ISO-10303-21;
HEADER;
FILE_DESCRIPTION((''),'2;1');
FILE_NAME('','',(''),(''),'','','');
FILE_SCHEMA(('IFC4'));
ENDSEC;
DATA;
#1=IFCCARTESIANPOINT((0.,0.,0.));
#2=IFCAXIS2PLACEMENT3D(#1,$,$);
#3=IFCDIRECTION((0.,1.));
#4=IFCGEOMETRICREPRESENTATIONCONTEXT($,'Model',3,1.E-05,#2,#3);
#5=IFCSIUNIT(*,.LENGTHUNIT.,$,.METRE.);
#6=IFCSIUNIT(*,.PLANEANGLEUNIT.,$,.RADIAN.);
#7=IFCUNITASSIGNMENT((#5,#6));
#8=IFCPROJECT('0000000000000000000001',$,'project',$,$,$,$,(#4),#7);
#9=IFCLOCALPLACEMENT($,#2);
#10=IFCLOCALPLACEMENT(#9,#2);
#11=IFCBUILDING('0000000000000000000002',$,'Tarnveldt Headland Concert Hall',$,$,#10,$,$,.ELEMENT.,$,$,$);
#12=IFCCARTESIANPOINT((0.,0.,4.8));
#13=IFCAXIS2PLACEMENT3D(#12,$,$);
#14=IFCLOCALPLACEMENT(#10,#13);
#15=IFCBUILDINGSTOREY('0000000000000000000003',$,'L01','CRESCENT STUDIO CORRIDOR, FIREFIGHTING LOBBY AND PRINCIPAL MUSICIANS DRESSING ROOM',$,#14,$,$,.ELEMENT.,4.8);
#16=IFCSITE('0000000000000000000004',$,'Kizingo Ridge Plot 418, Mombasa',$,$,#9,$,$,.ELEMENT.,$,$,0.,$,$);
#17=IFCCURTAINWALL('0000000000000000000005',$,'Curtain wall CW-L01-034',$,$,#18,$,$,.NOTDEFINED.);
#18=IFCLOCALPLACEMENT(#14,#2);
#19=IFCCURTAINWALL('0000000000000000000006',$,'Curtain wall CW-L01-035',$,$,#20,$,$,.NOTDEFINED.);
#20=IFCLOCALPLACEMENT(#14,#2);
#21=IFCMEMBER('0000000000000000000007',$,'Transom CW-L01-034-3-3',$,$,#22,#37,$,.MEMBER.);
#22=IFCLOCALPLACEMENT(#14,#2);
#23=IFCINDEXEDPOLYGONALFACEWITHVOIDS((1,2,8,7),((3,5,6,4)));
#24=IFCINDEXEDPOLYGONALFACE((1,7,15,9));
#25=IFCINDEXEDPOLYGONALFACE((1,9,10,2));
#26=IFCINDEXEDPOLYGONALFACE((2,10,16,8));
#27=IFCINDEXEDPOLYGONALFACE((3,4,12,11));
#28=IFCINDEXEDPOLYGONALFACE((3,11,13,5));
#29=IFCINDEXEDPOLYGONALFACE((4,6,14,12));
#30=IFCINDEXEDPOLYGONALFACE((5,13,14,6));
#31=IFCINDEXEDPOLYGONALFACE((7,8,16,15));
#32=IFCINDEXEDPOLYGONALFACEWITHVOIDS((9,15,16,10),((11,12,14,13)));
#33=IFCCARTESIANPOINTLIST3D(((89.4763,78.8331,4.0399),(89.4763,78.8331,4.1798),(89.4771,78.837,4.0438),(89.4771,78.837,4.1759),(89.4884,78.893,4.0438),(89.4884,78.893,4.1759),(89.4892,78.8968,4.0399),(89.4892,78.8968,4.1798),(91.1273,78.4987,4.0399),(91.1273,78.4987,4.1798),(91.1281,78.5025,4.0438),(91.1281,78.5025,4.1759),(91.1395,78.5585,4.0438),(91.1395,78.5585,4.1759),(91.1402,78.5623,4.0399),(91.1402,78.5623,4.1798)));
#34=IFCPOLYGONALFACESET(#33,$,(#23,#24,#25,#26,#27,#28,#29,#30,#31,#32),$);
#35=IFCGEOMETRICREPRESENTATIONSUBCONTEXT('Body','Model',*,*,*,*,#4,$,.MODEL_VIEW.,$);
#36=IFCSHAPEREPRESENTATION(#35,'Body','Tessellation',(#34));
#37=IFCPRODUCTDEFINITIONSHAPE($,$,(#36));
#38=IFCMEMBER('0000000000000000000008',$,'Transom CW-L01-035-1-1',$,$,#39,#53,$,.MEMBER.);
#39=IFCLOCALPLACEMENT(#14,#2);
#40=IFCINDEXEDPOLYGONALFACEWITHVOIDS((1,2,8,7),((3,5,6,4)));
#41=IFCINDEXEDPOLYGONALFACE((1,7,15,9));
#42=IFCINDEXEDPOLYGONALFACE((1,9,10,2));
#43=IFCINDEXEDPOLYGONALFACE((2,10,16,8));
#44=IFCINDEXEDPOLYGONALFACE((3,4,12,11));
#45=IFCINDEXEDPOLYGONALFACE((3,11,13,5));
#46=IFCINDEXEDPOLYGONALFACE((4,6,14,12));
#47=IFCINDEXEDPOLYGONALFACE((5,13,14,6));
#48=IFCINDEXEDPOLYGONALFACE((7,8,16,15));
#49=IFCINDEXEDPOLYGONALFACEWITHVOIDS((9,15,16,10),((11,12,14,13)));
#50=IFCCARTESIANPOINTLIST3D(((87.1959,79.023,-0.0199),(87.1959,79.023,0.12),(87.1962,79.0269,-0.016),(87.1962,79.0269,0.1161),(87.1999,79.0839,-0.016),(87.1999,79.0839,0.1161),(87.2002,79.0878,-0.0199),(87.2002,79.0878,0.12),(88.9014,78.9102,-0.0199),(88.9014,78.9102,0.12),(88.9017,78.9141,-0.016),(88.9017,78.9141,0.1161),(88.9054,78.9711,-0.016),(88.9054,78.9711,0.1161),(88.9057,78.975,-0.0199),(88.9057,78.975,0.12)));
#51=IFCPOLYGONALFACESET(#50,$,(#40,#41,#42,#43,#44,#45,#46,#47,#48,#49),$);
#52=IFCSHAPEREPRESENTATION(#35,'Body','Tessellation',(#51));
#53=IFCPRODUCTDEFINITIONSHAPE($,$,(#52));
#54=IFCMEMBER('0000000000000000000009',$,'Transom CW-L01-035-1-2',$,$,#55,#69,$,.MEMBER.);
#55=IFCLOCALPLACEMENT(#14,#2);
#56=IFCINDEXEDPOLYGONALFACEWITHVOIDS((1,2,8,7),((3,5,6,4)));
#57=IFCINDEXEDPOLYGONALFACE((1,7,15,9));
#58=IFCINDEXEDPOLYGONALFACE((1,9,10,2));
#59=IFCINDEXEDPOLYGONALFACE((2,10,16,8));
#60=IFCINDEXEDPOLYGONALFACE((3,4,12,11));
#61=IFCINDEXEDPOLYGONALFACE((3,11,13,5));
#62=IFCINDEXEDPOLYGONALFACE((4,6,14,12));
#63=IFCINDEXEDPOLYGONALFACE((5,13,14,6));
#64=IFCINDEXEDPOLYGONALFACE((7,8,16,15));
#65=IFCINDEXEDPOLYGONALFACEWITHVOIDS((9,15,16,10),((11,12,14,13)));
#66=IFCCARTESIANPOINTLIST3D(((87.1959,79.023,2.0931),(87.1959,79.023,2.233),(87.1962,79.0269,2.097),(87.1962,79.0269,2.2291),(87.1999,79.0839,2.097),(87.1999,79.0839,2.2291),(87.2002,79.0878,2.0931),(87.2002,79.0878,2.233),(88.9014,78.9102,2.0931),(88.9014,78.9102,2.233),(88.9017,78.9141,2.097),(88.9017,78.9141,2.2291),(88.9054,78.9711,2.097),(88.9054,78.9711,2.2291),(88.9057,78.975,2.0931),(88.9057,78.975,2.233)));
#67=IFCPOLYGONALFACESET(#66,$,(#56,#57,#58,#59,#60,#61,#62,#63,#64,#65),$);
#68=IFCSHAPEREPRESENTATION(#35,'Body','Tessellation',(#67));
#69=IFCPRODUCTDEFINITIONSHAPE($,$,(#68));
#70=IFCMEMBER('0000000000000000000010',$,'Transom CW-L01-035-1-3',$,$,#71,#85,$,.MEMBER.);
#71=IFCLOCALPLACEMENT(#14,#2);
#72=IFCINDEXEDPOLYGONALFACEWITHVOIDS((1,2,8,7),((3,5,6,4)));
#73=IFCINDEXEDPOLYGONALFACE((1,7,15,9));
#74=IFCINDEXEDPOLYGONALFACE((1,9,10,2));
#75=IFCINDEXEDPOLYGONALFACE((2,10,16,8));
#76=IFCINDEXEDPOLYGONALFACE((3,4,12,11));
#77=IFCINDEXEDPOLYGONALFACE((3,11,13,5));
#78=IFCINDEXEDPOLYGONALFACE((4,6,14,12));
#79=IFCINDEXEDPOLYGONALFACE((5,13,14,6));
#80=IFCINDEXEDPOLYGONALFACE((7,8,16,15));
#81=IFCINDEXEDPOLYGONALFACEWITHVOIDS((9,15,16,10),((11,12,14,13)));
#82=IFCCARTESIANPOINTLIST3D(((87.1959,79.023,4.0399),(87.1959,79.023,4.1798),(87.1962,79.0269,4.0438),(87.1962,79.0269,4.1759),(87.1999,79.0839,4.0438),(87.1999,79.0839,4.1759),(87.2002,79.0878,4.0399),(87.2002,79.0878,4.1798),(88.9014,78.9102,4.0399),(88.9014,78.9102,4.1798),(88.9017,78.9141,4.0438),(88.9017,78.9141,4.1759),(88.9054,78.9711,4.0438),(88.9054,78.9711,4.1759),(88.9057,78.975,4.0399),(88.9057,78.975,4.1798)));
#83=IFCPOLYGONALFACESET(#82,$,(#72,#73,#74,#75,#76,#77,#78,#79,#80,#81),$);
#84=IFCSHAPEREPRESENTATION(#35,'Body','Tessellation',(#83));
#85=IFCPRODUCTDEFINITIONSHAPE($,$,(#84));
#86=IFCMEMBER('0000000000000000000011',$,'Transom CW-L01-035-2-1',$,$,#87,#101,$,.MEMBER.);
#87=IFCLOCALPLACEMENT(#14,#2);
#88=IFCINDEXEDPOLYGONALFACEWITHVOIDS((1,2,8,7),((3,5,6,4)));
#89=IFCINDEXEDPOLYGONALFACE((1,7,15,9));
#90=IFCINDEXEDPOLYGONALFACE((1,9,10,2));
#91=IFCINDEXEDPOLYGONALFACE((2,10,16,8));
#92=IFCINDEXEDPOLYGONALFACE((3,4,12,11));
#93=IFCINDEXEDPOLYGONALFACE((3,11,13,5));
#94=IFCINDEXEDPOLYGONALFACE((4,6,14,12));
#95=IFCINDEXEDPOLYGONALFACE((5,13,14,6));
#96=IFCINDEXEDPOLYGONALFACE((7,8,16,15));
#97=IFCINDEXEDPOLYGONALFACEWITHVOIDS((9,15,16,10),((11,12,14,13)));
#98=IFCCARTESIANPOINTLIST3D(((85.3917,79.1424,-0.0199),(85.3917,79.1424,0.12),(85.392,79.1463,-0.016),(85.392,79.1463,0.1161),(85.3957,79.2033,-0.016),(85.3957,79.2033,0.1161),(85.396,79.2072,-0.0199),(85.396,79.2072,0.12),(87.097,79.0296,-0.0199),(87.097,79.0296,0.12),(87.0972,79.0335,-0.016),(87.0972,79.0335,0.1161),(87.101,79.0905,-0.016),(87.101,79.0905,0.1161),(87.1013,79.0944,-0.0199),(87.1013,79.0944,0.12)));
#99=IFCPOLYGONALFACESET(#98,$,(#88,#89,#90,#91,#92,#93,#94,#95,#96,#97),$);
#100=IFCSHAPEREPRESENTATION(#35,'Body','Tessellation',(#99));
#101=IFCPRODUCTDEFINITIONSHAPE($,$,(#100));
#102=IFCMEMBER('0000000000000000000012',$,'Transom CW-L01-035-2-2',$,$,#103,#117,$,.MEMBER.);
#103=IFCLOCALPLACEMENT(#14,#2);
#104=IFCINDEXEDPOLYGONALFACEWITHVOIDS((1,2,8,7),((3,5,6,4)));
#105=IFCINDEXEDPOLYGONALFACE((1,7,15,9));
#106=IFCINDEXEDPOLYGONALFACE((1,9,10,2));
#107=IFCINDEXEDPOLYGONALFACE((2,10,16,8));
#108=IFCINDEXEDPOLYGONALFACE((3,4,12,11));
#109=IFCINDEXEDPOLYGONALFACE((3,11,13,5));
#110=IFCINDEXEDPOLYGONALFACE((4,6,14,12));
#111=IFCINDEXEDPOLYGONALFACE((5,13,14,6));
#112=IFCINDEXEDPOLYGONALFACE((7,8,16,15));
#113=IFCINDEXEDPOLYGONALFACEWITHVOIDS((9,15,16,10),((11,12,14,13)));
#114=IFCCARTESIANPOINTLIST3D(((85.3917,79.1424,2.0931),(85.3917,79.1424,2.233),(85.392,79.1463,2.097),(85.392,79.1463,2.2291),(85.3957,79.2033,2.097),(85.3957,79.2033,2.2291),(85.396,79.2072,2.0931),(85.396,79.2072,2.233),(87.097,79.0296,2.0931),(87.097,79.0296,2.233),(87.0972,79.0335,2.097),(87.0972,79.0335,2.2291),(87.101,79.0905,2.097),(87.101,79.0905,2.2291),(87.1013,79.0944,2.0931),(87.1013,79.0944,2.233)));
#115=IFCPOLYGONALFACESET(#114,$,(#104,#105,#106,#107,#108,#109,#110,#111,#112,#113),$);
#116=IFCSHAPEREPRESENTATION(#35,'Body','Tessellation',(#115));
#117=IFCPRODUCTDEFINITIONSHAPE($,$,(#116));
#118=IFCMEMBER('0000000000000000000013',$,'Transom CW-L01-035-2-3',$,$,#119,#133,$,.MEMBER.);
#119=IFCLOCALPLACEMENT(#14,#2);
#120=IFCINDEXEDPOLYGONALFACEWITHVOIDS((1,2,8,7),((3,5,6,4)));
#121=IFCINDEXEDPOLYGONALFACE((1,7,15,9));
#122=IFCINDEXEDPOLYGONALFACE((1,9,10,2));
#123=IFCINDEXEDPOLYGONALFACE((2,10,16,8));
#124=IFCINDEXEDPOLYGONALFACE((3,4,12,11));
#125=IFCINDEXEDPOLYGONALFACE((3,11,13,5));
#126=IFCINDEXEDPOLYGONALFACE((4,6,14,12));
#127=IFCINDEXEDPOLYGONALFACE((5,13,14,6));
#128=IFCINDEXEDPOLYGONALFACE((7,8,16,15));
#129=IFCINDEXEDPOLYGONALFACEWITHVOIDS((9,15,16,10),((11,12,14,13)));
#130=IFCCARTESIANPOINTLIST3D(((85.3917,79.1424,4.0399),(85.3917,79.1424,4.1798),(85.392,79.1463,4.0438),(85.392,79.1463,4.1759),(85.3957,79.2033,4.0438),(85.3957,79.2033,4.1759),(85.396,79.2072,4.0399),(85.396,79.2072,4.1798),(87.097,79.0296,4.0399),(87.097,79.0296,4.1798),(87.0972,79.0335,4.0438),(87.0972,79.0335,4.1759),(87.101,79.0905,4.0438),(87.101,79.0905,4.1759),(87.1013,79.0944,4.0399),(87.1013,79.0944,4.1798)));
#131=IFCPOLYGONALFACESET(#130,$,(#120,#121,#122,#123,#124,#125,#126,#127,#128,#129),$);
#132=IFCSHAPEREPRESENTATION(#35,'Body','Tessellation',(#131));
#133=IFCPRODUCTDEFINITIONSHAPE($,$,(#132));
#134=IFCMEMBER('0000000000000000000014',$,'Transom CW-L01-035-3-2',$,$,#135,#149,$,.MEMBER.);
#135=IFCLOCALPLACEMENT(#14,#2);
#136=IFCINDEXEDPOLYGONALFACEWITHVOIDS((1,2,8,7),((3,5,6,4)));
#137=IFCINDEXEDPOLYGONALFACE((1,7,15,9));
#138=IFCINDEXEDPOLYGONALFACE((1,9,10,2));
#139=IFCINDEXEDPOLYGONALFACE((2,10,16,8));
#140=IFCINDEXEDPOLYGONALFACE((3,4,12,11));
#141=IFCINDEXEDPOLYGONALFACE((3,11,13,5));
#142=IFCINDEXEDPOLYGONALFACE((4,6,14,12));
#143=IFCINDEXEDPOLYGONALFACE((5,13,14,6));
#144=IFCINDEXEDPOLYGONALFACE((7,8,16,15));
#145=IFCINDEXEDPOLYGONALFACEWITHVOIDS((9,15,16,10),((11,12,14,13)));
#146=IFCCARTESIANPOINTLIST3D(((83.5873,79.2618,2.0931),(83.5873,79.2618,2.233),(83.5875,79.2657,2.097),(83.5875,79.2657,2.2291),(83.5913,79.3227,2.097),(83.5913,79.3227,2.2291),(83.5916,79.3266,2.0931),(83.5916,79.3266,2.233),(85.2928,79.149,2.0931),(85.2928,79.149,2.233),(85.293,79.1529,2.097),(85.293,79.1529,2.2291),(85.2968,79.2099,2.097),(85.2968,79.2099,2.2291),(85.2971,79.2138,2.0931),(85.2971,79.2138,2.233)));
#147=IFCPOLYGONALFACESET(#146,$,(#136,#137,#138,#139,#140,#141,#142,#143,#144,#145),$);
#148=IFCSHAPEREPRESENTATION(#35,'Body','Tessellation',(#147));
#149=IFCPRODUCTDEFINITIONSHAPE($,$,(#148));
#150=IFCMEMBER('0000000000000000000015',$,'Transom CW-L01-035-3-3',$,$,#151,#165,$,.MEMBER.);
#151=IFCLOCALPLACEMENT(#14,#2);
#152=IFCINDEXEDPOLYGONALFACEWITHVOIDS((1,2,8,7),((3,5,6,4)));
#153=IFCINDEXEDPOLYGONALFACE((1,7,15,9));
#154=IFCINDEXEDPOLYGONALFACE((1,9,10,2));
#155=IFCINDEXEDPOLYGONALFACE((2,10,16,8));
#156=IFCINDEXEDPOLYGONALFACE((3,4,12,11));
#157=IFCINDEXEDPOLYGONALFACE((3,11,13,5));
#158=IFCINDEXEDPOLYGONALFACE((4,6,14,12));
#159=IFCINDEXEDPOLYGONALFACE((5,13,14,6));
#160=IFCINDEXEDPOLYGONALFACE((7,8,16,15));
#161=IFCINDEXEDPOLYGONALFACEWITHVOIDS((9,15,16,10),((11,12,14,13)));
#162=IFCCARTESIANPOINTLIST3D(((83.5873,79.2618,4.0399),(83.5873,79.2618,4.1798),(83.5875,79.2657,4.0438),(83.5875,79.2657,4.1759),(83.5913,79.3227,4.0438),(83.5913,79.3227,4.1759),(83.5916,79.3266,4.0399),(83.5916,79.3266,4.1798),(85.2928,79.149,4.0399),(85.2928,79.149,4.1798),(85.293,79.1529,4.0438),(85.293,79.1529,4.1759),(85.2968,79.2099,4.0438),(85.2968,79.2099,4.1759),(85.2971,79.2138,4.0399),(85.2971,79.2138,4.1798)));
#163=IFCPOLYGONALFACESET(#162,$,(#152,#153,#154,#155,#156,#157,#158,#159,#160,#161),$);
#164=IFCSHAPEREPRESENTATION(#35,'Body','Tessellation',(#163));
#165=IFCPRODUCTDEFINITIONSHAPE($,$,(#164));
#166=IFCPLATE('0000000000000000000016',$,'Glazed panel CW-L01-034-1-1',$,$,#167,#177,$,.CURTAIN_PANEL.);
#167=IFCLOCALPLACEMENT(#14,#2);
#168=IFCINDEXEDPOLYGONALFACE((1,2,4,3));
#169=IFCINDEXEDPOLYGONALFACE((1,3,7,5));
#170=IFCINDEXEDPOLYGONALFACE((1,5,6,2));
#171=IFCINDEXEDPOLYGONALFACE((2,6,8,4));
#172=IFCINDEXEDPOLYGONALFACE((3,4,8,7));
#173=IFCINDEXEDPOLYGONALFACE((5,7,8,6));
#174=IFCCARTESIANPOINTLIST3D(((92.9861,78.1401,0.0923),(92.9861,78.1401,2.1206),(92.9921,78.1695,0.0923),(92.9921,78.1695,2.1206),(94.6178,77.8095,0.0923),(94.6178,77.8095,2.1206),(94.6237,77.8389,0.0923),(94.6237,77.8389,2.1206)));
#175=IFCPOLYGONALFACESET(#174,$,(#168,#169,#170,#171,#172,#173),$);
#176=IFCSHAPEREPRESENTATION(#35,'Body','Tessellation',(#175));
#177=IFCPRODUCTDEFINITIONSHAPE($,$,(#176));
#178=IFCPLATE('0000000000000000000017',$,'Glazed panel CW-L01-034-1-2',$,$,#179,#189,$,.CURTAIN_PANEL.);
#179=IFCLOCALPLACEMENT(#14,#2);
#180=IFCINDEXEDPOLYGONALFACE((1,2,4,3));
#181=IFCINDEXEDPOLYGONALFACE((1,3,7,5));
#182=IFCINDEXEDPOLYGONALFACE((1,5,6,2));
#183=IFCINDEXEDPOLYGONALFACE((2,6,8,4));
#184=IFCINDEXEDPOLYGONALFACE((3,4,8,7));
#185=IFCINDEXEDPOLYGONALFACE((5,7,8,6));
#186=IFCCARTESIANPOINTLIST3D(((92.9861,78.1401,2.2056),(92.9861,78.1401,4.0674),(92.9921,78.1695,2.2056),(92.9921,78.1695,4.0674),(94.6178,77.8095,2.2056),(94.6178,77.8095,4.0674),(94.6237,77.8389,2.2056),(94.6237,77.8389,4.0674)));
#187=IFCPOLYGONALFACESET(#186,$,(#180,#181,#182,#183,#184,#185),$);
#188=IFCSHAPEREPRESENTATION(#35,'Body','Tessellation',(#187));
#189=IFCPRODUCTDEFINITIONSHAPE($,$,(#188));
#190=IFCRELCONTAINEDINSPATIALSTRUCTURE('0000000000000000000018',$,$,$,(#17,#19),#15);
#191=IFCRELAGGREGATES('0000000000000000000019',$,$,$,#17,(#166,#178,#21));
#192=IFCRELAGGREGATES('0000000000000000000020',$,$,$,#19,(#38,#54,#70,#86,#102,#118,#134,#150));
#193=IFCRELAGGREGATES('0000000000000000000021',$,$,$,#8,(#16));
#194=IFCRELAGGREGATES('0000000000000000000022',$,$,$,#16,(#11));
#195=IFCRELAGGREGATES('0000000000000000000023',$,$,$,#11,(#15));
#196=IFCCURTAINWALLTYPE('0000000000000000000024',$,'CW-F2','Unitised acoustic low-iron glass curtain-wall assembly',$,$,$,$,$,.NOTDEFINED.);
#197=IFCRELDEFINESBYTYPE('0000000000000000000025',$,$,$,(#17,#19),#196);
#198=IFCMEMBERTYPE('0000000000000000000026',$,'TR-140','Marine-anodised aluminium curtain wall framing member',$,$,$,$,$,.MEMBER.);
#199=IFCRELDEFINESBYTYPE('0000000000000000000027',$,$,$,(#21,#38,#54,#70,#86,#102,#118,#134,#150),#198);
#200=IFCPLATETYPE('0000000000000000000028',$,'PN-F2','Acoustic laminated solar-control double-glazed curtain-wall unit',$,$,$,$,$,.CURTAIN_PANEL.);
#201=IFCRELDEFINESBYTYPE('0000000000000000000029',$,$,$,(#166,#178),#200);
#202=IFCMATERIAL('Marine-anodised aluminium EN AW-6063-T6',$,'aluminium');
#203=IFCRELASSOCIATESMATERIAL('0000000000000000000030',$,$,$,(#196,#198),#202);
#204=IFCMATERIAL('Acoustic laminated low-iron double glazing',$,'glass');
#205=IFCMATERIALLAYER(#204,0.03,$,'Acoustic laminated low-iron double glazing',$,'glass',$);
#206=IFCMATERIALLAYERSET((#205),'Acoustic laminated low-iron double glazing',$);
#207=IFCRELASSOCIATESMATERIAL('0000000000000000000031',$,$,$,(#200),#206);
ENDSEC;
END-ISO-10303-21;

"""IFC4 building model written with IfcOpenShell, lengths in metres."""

from ifc_helpers import new_model, si_unit, direction, frame, origin, origin_2d, place, context, subcontext, project, spatial, rectangle, hollow_rectangle, extrude, material, layer, layer_set, material_profile, profile_set, type_object, element, aggregate, save


model = new_model("IFC4")

# Units and contexts
model_context = context("Model", 3, precision=1e-05, world=origin(), true_north=direction((0.0, 1.0)))
body_context = subcontext(model_context, "Body", "Model", "MODEL_VIEW")
ifc_project = project(units=[si_unit("LENGTHUNIT", "METRE"), si_unit("PLANEANGLEUNIT", "RADIAN")], contexts=[model_context])

# Site, building, storey
site_placement = place(None, origin())
site = spatial("IfcSite", under=ifc_project, at=site_placement, Name="Kizingo Ridge Plot 418, Mombasa", CompositionType="ELEMENT", RefElevation=0.0)
building_placement = place(site_placement, origin())
building = spatial("IfcBuilding", under=site, at=building_placement, Name="Tarnveldt Headland Concert Hall", CompositionType="ELEMENT")
storey_placement = place(building_placement, frame((0.0, 0.0, 4.8)))
storey = spatial("IfcBuildingStorey", under=building, at=storey_placement, Name="L01", Description="CRESCENT STUDIO CORRIDOR, FIREFIGHTING LOBBY AND PRINCIPAL MUSICIANS DRESSING ROOM", CompositionType="ELEMENT", Elevation=4.8)

# Curtain walls
ifc_material_1 = material(Name="Marine-anodised aluminium EN AW-6063-T6", Category="aluminium")
curtain_wall_type = type_object("IfcCurtainWallType", Name="CW-F2", Description="Unitised acoustic low-iron glass curtain-wall assembly", PredefinedType="NOTDEFINED", material=ifc_material_1)
curtain_wall_1_placement = place(storey_placement, origin())
curtain_wall_1 = element("IfcCurtainWall", 1, at=curtain_wall_1_placement, inside=storey, type_object=curtain_wall_type, Name="Curtain wall CW-L01-034", PredefinedType="NOTDEFINED")
curtain_wall_2_placement = place(storey_placement, origin())
curtain_wall_2 = element("IfcCurtainWall", 2, at=curtain_wall_2_placement, inside=storey, type_object=curtain_wall_type, Name="Curtain wall CW-L01-035", PredefinedType="NOTDEFINED")

# Members
ifc_material_profile_1 = material_profile(ifc_material_1, hollow_rectangle(XDim=0.0649, YDim=0.1399, WallThickness=0.0039, at=origin_2d()), Name="ALU TRANSOM 65x140x4", Category="aluminium")
ifc_profile_set_1 = profile_set([ifc_material_profile_1], Name="Marine-anodised aluminium EN AW-6063-T6")
member_type_1 = type_object("IfcMemberType", Name="TR-140", Description="Marine-anodised aluminium curtain wall framing member", PredefinedType="MEMBER", material=ifc_profile_set_1)
member_1_placement = place(storey_placement, frame((91.1338, 78.5305, 4.1099), z_axis=(-0.980093, 0.19854, 0.0), x_axis=(-0.19854, -0.980093, 0.0)))
member_1 = element("IfcMember", 3, at=member_1_placement, type_object=member_type_1, Name="Transom CW-L01-034-3-3", PredefinedType="MEMBER", context=body_context, shape_type="SweptSolid", body=[
    extrude(hollow_rectangle(XDim=0.0649, YDim=0.1399, WallThickness=0.0039, at=origin_2d()), origin(), (0.0, 0.0, 1.0), 1.6846),
])
member_2_placement = place(storey_placement, frame((88.9036, 78.9426, 0.05), z_axis=(-0.99782, 0.065988, 0.0), x_axis=(-0.065988, -0.99782, 0.0)))
member_2 = element("IfcMember", 4, at=member_2_placement, type_object=member_type_1, Name="Transom CW-L01-035-1-1", PredefinedType="MEMBER", context=body_context, shape_type="SweptSolid", body=[
    extrude(hollow_rectangle(XDim=0.0649, YDim=0.1399, WallThickness=0.0039, at=origin_2d()), origin(), (0.0, 0.0, 1.0), 1.7092),
])
member_3_placement = place(storey_placement, frame((88.9036, 78.9426, 2.1631), z_axis=(-0.99782, 0.065988, 0.0), x_axis=(-0.065988, -0.99782, 0.0)))
member_3 = element("IfcMember", 5, at=member_3_placement, type_object=member_type_1, Name="Transom CW-L01-035-1-2", PredefinedType="MEMBER", context=body_context, shape_type="SweptSolid", body=[
    extrude(hollow_rectangle(XDim=0.0649, YDim=0.1399, WallThickness=0.0039, at=origin_2d()), origin(), (0.0, 0.0, 1.0), 1.7092),
])
member_4_placement = place(storey_placement, frame((88.9036, 78.9426, 4.1099), z_axis=(-0.99782, 0.065988, 0.0), x_axis=(-0.065988, -0.99782, 0.0)))
member_4 = element("IfcMember", 6, at=member_4_placement, type_object=member_type_1, Name="Transom CW-L01-035-1-3", PredefinedType="MEMBER", context=body_context, shape_type="SweptSolid", body=[
    extrude(hollow_rectangle(XDim=0.0649, YDim=0.1399, WallThickness=0.0039, at=origin_2d()), origin(), (0.0, 0.0, 1.0), 1.7092),
])
member_5_placement = place(storey_placement, frame((87.0991, 79.062, 0.05), z_axis=(-0.99782, 0.065998, 0.0), x_axis=(-0.065998, -0.99782, 0.0)))
member_5 = element("IfcMember", 7, at=member_5_placement, type_object=member_type_1, Name="Transom CW-L01-035-2-1", PredefinedType="MEMBER", context=body_context, shape_type="SweptSolid", body=[
    extrude(hollow_rectangle(XDim=0.0649, YDim=0.1399, WallThickness=0.0039, at=origin_2d()), origin(), (0.0, 0.0, 1.0), 1.709),
])
member_6_placement = place(storey_placement, frame((87.0991, 79.062, 2.1631), z_axis=(-0.99782, 0.065998, 0.0), x_axis=(-0.065998, -0.99782, 0.0)))
member_6 = element("IfcMember", 8, at=member_6_placement, type_object=member_type_1, Name="Transom CW-L01-035-2-2", PredefinedType="MEMBER", context=body_context, shape_type="SweptSolid", body=[
    extrude(hollow_rectangle(XDim=0.0649, YDim=0.1399, WallThickness=0.0039, at=origin_2d()), origin(), (0.0, 0.0, 1.0), 1.709),
])
member_7_placement = place(storey_placement, frame((87.0991, 79.062, 4.1099), z_axis=(-0.99782, 0.065998, 0.0), x_axis=(-0.065998, -0.99782, 0.0)))
member_7 = element("IfcMember", 9, at=member_7_placement, type_object=member_type_1, Name="Transom CW-L01-035-2-3", PredefinedType="MEMBER", context=body_context, shape_type="SweptSolid", body=[
    extrude(hollow_rectangle(XDim=0.0649, YDim=0.1399, WallThickness=0.0039, at=origin_2d()), origin(), (0.0, 0.0, 1.0), 1.709),
])
member_8_placement = place(storey_placement, frame((85.2949, 79.1814, 2.1631), z_axis=(-0.99782, 0.065988, 0.0), x_axis=(-0.065988, -0.99782, 0.0)))
member_8 = element("IfcMember", 10, at=member_8_placement, type_object=member_type_1, Name="Transom CW-L01-035-3-2", PredefinedType="MEMBER", context=body_context, shape_type="SweptSolid", body=[
    extrude(hollow_rectangle(XDim=0.0649, YDim=0.1399, WallThickness=0.0039, at=origin_2d()), origin(), (0.0, 0.0, 1.0), 1.7092),
])
member_9_placement = place(storey_placement, frame((85.2949, 79.1814, 4.1099), z_axis=(-0.99782, 0.065988, 0.0), x_axis=(-0.065988, -0.99782, 0.0)))
member_9 = element("IfcMember", 11, at=member_9_placement, type_object=member_type_1, Name="Transom CW-L01-035-3-3", PredefinedType="MEMBER", context=body_context, shape_type="SweptSolid", body=[
    extrude(hollow_rectangle(XDim=0.0649, YDim=0.1399, WallThickness=0.0039, at=origin_2d()), origin(), (0.0, 0.0, 1.0), 1.7092),
])

# Plates
ifc_material_2 = material(Name="Acoustic laminated low-iron double glazing", Category="glass")
ifc_layer_1 = layer(ifc_material_2, 0.03, Name="Acoustic laminated low-iron double glazing", Category="glass")
ifc_layer_set_1 = layer_set([ifc_layer_1], Name="Acoustic laminated low-iron double glazing")
plate_type = type_object("IfcPlateType", Name="PN-F2", Description="Acoustic laminated solar-control double-glazed curtain-wall unit", PredefinedType="CURTAIN_PANEL", material=ifc_layer_set_1)
plate_1_placement = place(storey_placement, frame((93.8049, 77.9895, 0.0923), z_axis=(0.0, 0.0, 1.0), x_axis=(-0.980088, 0.198564, 0.0)))
plate_1 = element("IfcPlate", 12, at=plate_1_placement, type_object=plate_type, Name="Glazed panel CW-L01-034-1-1", PredefinedType="CURTAIN_PANEL", context=body_context, shape_type="SweptSolid", body=[
    extrude(rectangle(XDim=1.6648, YDim=0.03, at=origin_2d()), origin(), (0.0, 0.0, 1.0), 2.0283),
])
plate_2_placement = place(storey_placement, frame((93.8049, 77.9895, 2.2056), z_axis=(0.0, 0.0, 1.0), x_axis=(-0.980088, 0.198564, 0.0)))
plate_2 = element("IfcPlate", 13, at=plate_2_placement, type_object=plate_type, Name="Glazed panel CW-L01-034-1-2", PredefinedType="CURTAIN_PANEL", context=body_context, shape_type="SweptSolid", body=[
    extrude(rectangle(XDim=1.6648, YDim=0.03, at=origin_2d()), origin(), (0.0, 0.0, 1.0), 1.8618),
])
aggregate(curtain_wall_1, [plate_1, plate_2, member_1])
aggregate(curtain_wall_2, [member_2, member_3, member_4, member_5, member_6, member_7, member_8, member_9])

save(model, "model.ifc")
